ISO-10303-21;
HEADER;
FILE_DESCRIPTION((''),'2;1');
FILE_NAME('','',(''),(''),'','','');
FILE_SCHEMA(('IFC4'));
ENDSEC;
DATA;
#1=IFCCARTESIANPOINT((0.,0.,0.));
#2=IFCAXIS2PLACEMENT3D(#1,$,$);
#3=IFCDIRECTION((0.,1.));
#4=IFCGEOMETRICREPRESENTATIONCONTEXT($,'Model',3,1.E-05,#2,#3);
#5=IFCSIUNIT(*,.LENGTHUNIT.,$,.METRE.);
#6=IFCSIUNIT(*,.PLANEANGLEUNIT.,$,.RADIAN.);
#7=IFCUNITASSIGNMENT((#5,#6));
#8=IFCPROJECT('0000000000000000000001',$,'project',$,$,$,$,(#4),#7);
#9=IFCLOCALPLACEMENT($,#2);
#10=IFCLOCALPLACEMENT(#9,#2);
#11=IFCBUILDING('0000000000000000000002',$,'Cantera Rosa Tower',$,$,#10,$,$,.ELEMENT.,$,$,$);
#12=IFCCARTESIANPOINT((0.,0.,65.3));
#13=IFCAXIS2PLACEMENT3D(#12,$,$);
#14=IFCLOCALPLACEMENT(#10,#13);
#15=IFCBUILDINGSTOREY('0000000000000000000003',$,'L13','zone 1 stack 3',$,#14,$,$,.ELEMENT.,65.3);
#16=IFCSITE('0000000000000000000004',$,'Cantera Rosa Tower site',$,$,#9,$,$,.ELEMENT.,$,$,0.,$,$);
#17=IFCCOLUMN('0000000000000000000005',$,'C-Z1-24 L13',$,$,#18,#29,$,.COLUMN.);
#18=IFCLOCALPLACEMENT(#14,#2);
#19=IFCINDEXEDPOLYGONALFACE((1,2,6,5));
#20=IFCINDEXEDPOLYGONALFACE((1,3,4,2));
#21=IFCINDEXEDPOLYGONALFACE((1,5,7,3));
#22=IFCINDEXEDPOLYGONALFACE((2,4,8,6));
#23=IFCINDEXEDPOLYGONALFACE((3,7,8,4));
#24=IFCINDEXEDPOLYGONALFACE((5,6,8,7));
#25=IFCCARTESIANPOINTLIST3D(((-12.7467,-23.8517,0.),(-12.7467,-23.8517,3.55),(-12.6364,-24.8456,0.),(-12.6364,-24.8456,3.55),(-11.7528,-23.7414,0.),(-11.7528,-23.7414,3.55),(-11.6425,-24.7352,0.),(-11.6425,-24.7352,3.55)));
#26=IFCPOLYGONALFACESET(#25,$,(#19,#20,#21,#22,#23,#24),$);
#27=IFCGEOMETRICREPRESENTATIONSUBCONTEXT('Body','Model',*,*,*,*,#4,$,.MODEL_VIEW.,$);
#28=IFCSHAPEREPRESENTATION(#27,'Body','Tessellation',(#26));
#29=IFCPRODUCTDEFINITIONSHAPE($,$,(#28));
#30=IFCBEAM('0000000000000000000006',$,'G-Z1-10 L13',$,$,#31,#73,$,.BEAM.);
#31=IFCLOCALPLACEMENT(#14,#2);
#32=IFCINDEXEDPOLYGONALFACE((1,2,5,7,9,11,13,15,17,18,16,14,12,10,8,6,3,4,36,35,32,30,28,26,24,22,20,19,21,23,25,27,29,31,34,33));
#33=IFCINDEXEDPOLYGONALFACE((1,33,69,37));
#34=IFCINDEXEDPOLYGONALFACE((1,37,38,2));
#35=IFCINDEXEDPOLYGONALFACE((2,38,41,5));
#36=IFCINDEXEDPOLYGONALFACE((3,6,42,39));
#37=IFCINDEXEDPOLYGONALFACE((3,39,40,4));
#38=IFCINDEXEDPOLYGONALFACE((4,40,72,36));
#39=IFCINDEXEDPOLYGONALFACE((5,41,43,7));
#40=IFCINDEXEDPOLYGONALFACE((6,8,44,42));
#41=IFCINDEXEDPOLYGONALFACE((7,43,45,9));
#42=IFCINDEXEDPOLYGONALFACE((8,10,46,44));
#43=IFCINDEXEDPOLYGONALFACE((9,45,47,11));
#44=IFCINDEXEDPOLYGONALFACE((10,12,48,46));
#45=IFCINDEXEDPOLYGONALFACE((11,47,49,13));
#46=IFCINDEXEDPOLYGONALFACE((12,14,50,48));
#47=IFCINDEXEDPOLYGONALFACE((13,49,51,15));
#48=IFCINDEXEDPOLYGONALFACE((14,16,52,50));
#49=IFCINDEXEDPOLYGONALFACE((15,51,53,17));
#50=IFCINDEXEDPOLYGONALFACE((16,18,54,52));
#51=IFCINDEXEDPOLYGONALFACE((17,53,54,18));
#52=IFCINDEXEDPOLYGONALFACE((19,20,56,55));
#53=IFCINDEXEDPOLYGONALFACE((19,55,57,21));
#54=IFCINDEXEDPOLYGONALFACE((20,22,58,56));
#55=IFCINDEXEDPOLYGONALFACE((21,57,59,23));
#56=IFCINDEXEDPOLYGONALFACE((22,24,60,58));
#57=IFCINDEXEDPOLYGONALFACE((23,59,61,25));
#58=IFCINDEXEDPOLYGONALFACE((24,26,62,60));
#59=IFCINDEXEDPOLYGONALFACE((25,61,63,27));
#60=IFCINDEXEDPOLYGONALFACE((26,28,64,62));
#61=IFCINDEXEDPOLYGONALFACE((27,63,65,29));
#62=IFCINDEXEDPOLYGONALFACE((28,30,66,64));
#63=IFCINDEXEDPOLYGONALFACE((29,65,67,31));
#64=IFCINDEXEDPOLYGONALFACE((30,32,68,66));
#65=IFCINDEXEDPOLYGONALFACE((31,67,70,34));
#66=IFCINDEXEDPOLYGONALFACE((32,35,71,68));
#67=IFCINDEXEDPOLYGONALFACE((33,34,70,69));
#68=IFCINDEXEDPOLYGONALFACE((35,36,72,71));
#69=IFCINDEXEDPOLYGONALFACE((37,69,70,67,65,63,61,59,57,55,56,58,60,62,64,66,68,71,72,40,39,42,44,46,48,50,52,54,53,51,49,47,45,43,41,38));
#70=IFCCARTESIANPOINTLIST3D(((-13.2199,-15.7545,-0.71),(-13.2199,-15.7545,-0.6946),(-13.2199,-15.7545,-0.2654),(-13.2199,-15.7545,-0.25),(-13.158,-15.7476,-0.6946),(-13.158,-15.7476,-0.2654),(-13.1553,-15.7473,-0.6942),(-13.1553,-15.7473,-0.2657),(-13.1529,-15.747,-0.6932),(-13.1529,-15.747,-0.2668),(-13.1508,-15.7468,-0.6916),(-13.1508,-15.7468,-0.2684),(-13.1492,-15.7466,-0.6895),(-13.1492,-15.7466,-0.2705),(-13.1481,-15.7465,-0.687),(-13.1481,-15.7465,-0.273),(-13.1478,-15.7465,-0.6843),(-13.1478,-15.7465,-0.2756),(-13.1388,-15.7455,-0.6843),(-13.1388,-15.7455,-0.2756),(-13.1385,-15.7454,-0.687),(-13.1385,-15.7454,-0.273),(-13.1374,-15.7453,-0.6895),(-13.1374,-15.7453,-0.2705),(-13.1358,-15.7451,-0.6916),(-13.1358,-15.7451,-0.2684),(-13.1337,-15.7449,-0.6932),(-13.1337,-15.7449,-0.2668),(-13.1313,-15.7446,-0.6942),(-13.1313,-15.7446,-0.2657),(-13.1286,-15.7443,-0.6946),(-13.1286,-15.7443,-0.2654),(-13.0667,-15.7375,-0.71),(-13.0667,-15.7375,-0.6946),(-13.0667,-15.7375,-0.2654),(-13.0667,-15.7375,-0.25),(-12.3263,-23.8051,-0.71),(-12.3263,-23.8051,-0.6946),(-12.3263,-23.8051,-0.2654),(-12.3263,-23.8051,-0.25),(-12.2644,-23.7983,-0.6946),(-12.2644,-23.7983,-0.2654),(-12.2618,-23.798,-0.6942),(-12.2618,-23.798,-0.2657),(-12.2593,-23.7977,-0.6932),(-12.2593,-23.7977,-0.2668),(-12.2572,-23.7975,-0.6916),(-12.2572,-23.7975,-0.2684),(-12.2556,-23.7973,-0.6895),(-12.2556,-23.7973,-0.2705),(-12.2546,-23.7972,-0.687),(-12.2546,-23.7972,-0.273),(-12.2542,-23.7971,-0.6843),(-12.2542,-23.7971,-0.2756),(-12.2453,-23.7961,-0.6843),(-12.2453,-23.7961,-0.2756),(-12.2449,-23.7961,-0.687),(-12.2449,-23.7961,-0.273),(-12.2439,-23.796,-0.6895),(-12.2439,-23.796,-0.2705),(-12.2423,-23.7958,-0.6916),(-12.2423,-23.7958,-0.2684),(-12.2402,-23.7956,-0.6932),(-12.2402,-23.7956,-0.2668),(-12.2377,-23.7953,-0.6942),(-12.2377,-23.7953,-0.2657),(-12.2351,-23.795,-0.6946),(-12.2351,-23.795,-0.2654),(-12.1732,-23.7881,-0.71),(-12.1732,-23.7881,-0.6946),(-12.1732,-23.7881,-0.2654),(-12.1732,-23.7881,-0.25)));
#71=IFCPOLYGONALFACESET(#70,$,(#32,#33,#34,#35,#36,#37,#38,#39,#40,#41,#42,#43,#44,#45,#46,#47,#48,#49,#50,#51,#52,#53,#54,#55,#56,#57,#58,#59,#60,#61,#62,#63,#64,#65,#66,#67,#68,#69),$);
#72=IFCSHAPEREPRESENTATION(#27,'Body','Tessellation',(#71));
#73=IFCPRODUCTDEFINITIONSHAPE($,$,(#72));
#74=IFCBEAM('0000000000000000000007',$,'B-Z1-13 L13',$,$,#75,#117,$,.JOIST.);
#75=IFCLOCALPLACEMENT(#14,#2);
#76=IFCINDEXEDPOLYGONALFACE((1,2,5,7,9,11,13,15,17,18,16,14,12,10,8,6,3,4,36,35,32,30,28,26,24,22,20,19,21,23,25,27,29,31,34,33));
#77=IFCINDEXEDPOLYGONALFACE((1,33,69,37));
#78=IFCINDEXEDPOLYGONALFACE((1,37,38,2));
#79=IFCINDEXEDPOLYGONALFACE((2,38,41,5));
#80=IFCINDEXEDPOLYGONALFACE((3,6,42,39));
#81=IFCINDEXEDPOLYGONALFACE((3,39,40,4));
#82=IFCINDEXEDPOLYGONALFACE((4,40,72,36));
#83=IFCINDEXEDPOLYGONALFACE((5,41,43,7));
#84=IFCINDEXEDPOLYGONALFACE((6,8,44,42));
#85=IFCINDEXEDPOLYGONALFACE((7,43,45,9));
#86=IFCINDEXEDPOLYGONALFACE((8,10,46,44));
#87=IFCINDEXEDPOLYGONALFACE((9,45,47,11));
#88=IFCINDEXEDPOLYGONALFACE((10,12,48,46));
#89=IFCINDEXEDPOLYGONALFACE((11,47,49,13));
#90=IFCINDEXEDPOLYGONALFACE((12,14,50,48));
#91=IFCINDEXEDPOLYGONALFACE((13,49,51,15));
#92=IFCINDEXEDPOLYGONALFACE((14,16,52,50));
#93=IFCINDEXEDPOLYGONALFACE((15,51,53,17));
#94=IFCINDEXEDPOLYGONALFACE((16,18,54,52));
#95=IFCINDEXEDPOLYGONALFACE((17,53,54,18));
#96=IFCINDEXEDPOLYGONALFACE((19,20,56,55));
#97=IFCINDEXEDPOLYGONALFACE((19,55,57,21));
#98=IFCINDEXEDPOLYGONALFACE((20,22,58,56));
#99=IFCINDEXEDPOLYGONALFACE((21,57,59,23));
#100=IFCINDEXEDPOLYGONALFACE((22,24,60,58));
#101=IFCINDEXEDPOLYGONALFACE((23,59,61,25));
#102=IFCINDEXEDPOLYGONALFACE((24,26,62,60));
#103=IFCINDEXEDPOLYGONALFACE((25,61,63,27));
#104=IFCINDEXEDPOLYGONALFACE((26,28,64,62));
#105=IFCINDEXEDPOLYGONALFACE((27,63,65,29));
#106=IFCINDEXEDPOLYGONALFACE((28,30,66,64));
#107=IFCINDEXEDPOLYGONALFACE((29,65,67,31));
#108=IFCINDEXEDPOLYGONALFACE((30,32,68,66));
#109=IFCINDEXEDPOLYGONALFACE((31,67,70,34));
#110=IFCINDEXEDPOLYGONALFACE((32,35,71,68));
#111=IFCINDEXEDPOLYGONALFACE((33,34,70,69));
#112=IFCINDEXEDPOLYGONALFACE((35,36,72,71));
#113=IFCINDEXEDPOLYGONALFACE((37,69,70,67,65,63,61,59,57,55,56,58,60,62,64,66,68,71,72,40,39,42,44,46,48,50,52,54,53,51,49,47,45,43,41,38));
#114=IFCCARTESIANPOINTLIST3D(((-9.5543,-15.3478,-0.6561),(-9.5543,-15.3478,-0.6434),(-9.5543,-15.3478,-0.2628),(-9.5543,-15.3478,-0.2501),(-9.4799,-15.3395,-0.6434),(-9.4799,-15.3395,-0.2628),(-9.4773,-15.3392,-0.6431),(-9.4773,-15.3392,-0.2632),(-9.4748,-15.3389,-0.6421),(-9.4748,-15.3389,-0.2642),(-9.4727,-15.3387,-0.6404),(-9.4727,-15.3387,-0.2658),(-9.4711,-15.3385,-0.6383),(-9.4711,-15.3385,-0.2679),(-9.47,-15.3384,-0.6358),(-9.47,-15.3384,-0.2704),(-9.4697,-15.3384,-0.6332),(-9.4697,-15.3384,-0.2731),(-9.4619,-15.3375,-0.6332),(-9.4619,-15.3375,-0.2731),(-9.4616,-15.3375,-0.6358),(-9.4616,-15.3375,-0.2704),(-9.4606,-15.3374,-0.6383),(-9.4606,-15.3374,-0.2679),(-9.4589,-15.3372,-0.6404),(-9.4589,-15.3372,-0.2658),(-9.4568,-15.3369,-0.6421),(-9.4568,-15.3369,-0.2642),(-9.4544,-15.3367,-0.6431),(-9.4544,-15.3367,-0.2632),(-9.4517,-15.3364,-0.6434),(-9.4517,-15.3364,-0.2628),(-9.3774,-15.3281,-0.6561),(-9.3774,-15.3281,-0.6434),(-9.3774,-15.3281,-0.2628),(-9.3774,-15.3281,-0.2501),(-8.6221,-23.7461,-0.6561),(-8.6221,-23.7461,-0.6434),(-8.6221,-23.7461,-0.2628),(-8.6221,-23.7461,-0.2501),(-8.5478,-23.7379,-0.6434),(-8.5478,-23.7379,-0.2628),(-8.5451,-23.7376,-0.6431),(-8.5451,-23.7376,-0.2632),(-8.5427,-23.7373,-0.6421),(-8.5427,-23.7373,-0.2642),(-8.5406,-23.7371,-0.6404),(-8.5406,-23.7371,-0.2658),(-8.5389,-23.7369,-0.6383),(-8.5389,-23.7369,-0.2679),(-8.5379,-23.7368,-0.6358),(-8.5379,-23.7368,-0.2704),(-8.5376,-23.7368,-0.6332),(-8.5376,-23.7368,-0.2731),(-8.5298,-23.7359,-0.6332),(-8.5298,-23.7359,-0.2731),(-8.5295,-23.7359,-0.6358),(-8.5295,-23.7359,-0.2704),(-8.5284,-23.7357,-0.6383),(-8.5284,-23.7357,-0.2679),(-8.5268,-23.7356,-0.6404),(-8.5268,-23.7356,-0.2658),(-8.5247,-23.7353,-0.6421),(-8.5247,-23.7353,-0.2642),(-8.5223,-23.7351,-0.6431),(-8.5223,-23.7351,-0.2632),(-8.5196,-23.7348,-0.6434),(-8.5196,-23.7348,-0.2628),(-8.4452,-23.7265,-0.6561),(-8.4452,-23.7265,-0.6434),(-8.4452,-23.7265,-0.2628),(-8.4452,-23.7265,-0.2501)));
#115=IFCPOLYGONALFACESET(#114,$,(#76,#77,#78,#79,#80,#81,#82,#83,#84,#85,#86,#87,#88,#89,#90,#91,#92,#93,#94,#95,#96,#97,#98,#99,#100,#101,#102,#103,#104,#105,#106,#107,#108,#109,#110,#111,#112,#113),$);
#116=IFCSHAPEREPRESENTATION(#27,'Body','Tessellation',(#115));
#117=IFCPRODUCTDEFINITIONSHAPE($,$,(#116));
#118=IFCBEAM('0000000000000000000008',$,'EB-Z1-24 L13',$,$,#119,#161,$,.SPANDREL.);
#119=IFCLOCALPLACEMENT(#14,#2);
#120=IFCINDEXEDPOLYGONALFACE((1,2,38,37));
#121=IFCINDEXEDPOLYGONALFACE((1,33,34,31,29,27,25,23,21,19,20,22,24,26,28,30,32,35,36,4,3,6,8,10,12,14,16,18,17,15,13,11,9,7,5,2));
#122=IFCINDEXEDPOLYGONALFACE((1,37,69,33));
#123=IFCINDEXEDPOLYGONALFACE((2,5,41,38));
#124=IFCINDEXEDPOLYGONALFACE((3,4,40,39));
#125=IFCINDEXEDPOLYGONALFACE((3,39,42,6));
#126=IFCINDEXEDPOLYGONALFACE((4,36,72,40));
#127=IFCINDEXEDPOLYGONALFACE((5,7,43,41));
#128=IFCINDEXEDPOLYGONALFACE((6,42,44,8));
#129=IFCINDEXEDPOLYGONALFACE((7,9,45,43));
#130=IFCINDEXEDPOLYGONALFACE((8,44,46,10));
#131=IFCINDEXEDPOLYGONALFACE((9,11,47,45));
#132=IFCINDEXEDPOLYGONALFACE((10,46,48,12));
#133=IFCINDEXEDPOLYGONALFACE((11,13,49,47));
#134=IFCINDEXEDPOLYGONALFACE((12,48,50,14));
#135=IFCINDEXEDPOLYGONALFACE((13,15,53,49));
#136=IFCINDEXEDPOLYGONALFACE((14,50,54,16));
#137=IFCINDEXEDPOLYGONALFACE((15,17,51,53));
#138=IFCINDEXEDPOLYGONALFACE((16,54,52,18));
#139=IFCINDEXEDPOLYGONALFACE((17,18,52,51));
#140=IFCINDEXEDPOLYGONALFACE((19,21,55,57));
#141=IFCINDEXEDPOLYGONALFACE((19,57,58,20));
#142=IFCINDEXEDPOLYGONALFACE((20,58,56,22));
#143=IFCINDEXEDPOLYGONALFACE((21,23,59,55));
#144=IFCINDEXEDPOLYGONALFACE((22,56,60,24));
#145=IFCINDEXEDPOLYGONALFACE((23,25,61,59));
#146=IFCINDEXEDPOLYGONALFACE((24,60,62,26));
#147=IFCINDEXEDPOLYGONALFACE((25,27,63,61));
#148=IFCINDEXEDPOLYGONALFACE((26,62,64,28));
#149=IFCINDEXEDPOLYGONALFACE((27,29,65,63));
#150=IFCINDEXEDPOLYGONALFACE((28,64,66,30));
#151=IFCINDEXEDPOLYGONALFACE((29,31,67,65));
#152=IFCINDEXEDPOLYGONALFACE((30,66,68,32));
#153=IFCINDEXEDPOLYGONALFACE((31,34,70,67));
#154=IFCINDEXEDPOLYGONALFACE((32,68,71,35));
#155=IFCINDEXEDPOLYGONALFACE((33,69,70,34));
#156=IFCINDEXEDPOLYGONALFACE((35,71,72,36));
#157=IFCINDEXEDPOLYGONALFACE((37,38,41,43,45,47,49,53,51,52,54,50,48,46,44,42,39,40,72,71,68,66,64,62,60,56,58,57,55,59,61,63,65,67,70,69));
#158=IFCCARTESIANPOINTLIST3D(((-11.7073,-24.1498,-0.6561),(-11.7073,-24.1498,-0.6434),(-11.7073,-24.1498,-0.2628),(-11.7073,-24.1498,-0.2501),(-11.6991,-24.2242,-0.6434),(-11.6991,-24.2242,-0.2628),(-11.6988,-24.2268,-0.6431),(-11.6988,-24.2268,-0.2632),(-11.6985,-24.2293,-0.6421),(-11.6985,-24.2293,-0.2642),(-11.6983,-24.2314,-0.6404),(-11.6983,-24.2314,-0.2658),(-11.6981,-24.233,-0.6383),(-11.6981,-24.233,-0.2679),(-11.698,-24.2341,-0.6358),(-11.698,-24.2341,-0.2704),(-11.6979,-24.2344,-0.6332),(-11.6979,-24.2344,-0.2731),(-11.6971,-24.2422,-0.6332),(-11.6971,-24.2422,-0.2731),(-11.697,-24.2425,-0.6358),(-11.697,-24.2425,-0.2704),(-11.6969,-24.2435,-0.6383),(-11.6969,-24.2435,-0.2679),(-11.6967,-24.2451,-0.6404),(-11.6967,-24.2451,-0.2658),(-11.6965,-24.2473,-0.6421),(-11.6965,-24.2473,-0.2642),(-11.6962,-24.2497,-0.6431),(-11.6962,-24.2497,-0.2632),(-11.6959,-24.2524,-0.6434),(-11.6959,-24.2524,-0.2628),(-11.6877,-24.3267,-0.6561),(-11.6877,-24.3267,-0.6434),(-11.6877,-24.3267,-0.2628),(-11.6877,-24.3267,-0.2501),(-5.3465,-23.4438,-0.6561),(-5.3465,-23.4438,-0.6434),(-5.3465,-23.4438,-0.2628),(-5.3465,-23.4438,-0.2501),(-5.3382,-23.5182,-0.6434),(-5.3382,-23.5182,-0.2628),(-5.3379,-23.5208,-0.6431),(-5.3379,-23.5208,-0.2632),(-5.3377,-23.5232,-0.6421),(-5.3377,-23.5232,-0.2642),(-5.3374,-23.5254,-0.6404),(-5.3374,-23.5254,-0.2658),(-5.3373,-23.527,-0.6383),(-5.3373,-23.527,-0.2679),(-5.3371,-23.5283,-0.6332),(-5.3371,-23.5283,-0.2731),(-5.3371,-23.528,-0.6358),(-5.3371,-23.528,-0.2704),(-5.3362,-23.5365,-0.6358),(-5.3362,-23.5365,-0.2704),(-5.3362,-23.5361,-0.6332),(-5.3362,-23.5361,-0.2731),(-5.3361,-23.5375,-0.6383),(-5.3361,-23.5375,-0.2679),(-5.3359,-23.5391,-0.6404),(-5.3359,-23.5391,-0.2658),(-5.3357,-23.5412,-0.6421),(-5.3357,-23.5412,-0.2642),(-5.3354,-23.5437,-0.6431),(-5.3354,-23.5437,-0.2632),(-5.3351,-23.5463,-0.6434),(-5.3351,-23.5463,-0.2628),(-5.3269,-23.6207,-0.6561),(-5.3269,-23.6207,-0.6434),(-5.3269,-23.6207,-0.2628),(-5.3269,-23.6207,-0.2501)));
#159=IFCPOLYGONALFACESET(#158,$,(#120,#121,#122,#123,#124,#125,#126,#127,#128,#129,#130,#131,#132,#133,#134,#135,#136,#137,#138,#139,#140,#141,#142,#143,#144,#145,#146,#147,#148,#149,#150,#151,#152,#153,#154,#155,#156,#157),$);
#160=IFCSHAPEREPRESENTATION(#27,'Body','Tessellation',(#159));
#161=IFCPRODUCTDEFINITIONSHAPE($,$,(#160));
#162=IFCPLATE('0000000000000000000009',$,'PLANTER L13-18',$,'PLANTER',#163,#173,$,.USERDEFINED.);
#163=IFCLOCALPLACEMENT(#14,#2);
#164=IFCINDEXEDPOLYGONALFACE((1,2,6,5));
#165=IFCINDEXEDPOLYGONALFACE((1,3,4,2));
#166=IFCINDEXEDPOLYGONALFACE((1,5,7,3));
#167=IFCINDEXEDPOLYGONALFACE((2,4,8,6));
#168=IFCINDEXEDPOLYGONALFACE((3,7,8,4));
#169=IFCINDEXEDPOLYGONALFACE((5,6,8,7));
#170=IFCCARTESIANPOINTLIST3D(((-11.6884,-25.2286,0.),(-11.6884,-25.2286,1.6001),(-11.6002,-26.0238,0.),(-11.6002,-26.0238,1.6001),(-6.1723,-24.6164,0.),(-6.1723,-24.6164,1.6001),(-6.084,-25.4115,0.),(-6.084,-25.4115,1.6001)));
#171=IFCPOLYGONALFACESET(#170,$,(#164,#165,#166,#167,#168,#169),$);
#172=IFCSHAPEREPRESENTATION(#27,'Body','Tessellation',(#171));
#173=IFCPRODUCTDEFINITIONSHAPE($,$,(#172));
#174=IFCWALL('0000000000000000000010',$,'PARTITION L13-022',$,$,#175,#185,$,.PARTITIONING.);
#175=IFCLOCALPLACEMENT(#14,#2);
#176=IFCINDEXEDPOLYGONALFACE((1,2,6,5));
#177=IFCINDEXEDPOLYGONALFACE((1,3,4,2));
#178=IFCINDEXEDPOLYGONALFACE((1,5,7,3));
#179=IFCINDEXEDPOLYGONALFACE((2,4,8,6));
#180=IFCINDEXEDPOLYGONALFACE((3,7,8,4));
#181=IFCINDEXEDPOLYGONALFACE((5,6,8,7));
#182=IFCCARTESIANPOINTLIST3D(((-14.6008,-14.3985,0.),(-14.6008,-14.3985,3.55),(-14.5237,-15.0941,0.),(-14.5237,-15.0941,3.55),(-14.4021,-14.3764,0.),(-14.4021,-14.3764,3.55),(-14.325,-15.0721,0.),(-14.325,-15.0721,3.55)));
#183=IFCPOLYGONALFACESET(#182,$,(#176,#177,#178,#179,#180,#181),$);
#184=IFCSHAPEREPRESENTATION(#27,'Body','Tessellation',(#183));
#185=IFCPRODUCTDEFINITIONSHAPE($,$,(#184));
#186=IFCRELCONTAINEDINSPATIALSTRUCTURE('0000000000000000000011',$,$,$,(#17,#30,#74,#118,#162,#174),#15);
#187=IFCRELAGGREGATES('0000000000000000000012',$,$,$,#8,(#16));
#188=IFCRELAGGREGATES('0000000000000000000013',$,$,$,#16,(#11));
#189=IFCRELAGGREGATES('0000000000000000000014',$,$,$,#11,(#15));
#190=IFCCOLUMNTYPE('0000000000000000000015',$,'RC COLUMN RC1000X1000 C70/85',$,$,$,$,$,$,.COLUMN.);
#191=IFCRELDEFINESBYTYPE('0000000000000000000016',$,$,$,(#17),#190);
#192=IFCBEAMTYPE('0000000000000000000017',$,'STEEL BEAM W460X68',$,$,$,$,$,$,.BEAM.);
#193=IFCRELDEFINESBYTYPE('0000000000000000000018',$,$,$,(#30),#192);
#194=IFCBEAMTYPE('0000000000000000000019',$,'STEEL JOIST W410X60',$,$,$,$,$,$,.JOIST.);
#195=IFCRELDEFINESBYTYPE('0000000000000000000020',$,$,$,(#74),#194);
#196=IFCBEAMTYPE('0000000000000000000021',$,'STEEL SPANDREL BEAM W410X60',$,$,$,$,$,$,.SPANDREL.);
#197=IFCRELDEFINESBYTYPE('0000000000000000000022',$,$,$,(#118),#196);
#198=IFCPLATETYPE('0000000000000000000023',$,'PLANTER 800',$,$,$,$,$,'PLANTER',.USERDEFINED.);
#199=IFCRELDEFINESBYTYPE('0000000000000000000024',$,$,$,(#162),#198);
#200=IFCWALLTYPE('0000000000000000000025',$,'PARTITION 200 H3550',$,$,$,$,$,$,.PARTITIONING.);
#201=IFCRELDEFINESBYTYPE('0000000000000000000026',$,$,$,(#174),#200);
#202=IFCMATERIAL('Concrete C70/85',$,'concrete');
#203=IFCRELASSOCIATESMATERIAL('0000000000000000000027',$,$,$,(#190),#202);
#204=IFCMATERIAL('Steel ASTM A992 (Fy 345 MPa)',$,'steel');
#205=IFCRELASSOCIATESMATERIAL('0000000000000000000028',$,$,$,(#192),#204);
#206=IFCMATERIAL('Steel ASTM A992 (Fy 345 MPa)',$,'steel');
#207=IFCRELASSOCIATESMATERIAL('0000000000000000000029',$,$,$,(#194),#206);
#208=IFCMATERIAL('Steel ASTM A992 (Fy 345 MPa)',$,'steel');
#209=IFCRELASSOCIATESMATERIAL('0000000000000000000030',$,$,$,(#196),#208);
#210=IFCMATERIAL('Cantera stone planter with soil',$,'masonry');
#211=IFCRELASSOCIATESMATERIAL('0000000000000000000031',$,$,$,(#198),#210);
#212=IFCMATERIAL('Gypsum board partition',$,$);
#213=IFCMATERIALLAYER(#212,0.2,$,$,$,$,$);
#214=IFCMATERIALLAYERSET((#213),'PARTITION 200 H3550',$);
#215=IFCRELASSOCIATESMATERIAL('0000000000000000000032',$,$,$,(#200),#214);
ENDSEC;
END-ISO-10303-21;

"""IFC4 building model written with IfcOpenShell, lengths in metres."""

from ifc_helpers import new_model, si_unit, direction, frame, frame_2d, origin, origin_2d, place, context, subcontext, project, spatial, rectangle, i_section, extrude, material, layer, layer_set, material_profile, profile_set, type_object, element, save


model = new_model("IFC4")

# Units and contexts
model_context = context("Model", 3, precision=1e-05, world=origin(), true_north=direction((0.0, 1.0)))
body_context = subcontext(model_context, "Body", "Model", "MODEL_VIEW")
ifc_project = project(units=[si_unit("LENGTHUNIT", "METRE"), si_unit("PLANEANGLEUNIT", "RADIAN")], contexts=[model_context])

# Site, building, storey
site_placement = place(None, origin())
site = spatial("IfcSite", under=ifc_project, at=site_placement, Name="Cantera Rosa Tower site", CompositionType="ELEMENT", RefElevation=0.0)
building_placement = place(site_placement, origin())
building = spatial("IfcBuilding", under=site, at=building_placement, Name="Cantera Rosa Tower", CompositionType="ELEMENT")
storey_placement = place(building_placement, frame((0.0, 0.0, 65.3)))
storey = spatial("IfcBuildingStorey", under=building, at=storey_placement, Name="L13", Description="zone 1 stack 3", CompositionType="ELEMENT", Elevation=65.3)

# Column
ifc_material_1 = material(Name="Concrete C70/85", Category="concrete")
ifc_material_profile_1 = material_profile(ifc_material_1, rectangle(XDim=1.0, YDim=1.0, at=origin_2d()), Name="RC COLUMN RC1000X1000 C70/85")
ifc_profile_set_1 = profile_set([ifc_material_profile_1], Name="Concrete C70/85")
column_type = type_object("IfcColumnType", Name="RC COLUMN RC1000X1000 C70/85", PredefinedType="COLUMN", material=ifc_profile_set_1)
column_placement = place(storey_placement, frame((-12.1946, -24.2935, 0.0), z_axis=(0.0, 0.0, 1.0), x_axis=(0.993897, 0.110313, 0.0)))
element("IfcColumn", 1, at=column_placement, inside=storey, type_object=column_type, Name="C-Z1-24 L13", PredefinedType="COLUMN", context=body_context, shape_type="SweptSolid", body=[
    extrude(rectangle(XDim=1.0, YDim=1.0, at=origin_2d()), origin(), (0.0, 0.0, 1.0), 3.55),
])

# Beams
ifc_material_2 = material(Name="Steel ASTM A992 (Fy 345 MPa)", Category="steel")
ifc_material_profile_2 = material_profile(ifc_material_2, i_section(OverallWidth=0.1541, OverallDepth=0.46, WebThickness=0.009, FlangeThickness=0.0154, FilletRadius=0.0103, at=origin_2d()), Name="W460X68")
ifc_profile_set_2 = profile_set([ifc_material_profile_2], Name="Steel ASTM A992 (Fy 345 MPa)")
beam_type_1 = type_object("IfcBeamType", Name="STEEL BEAM W460X68", PredefinedType="BEAM", material=ifc_profile_set_2)
beam_1_placement = place(storey_placement, frame((-12.2498, -23.7966, -0.48), z_axis=(-0.110312, 0.993897, 0.0), x_axis=(-0.993897, -0.110312, 0.0)))
element("IfcBeam", 2, at=beam_1_placement, inside=storey, type_object=beam_type_1, Name="G-Z1-10 L13", PredefinedType="BEAM", context=body_context, shape_type="SweptSolid", body=[
    extrude(i_section(OverallWidth=0.1541, OverallDepth=0.46, WebThickness=0.009, FlangeThickness=0.0154, FilletRadius=0.0103, at=origin_2d()), origin(), (0.0, 0.0, 1.0), 8.1001),
])
ifc_material_3 = material(Name="Steel ASTM A992 (Fy 345 MPa)", Category="steel")
ifc_material_profile_3 = material_profile(ifc_material_3, i_section(OverallWidth=0.178, OverallDepth=0.406, WebThickness=0.0078, FlangeThickness=0.0127, FilletRadius=0.0103, at=origin_2d()), Name="W410X60")
ifc_profile_set_3 = profile_set([ifc_material_profile_3], Name="Steel ASTM A992 (Fy 345 MPa)")
beam_type_2 = type_object("IfcBeamType", Name="STEEL JOIST W410X60", PredefinedType="JOIST", material=ifc_profile_set_3)
beam_2_placement = place(storey_placement, frame((-8.5337, -23.7363, -0.4531), z_axis=(-0.110311, 0.993897, 0.0), x_axis=(-0.993897, -0.110311, 0.0)))
element("IfcBeam", 3, at=beam_2_placement, inside=storey, type_object=beam_type_2, Name="B-Z1-13 L13", PredefinedType="JOIST", context=body_context, shape_type="SweptSolid", body=[
    extrude(i_section(OverallWidth=0.178, OverallDepth=0.406, WebThickness=0.0078, FlangeThickness=0.0127, FilletRadius=0.0103, at=origin_2d()), origin(), (0.0, 0.0, 1.0), 8.45),
])
ifc_material_4 = material(Name="Steel ASTM A992 (Fy 345 MPa)", Category="steel")
ifc_material_profile_4 = material_profile(ifc_material_4, i_section(OverallWidth=0.178, OverallDepth=0.406, WebThickness=0.0078, FlangeThickness=0.0127, FilletRadius=0.0103, at=origin_2d()), Name="W410X60")
ifc_profile_set_4 = profile_set([ifc_material_profile_4], Name="Steel ASTM A992 (Fy 345 MPa)")
beam_type_3 = type_object("IfcBeamType", Name="STEEL SPANDREL BEAM W410X60", PredefinedType="SPANDREL", material=ifc_profile_set_4)
beam_3_placement = place(storey_placement, frame((-11.6975, -24.2383, -0.4531), z_axis=(0.993896, 0.110323, 0.0), x_axis=(-0.110323, 0.993896, 0.0)))
element("IfcBeam", 4, at=beam_3_placement, inside=storey, type_object=beam_type_3, Name="EB-Z1-24 L13", PredefinedType="SPANDREL", context=body_context, shape_type="SweptSolid", body=[
    extrude(i_section(OverallWidth=0.178, OverallDepth=0.406, WebThickness=0.0078, FlangeThickness=0.0127, FilletRadius=0.0103, at=origin_2d()), origin(), (0.0, 0.0, 1.0), 6.3999),
])

# Plate
ifc_material_5 = material(Name="Cantera stone planter with soil", Category="masonry")
plate_type = type_object("IfcPlateType", Name="PLANTER 800", ElementType="PLANTER", PredefinedType="USERDEFINED", material=ifc_material_5)
plate_placement = place(storey_placement, frame((-8.8862, -25.3201, 0.0), z_axis=(0.0, 0.0, 1.0), x_axis=(0.993897, 0.110313, 0.0)))
element("IfcPlate", 5, at=plate_placement, inside=storey, type_object=plate_type, Name="PLANTER L13-18", ObjectType="PLANTER", PredefinedType="USERDEFINED", context=body_context, shape_type="SweptSolid", body=[
    extrude(rectangle(XDim=5.55, YDim=0.8, at=origin_2d()), origin(), (0.0, 0.0, 1.0), 1.6001),
])

# Wall
ifc_material_6 = material(Name="Gypsum board partition")
ifc_layer_1 = layer(ifc_material_6, 0.2)
ifc_layer_set_1 = layer_set([ifc_layer_1], Name="PARTITION 200 H3550")
wall_type_1 = type_object("IfcWallType", Name="PARTITION 200 H3550", PredefinedType="PARTITIONING", material=ifc_layer_set_1)
wall_1_placement = place(storey_placement, frame((-14.4243, -15.0833, 0.0), z_axis=(0.0, 0.0, 1.0), x_axis=(-0.110202, 0.993909, 0.0)))
element("IfcWall", 6, at=wall_1_placement, inside=storey, type_object=wall_type_1, Name="PARTITION L13-022", PredefinedType="PARTITIONING", context=body_context, shape_type="SweptSolid", body=[
    extrude(rectangle(XDim=0.7, YDim=0.2, at=frame_2d((0.3501, 0.0))), origin(), (0.0, 0.0, 1.0), 3.55),
])

save(model, "model.ifc")
